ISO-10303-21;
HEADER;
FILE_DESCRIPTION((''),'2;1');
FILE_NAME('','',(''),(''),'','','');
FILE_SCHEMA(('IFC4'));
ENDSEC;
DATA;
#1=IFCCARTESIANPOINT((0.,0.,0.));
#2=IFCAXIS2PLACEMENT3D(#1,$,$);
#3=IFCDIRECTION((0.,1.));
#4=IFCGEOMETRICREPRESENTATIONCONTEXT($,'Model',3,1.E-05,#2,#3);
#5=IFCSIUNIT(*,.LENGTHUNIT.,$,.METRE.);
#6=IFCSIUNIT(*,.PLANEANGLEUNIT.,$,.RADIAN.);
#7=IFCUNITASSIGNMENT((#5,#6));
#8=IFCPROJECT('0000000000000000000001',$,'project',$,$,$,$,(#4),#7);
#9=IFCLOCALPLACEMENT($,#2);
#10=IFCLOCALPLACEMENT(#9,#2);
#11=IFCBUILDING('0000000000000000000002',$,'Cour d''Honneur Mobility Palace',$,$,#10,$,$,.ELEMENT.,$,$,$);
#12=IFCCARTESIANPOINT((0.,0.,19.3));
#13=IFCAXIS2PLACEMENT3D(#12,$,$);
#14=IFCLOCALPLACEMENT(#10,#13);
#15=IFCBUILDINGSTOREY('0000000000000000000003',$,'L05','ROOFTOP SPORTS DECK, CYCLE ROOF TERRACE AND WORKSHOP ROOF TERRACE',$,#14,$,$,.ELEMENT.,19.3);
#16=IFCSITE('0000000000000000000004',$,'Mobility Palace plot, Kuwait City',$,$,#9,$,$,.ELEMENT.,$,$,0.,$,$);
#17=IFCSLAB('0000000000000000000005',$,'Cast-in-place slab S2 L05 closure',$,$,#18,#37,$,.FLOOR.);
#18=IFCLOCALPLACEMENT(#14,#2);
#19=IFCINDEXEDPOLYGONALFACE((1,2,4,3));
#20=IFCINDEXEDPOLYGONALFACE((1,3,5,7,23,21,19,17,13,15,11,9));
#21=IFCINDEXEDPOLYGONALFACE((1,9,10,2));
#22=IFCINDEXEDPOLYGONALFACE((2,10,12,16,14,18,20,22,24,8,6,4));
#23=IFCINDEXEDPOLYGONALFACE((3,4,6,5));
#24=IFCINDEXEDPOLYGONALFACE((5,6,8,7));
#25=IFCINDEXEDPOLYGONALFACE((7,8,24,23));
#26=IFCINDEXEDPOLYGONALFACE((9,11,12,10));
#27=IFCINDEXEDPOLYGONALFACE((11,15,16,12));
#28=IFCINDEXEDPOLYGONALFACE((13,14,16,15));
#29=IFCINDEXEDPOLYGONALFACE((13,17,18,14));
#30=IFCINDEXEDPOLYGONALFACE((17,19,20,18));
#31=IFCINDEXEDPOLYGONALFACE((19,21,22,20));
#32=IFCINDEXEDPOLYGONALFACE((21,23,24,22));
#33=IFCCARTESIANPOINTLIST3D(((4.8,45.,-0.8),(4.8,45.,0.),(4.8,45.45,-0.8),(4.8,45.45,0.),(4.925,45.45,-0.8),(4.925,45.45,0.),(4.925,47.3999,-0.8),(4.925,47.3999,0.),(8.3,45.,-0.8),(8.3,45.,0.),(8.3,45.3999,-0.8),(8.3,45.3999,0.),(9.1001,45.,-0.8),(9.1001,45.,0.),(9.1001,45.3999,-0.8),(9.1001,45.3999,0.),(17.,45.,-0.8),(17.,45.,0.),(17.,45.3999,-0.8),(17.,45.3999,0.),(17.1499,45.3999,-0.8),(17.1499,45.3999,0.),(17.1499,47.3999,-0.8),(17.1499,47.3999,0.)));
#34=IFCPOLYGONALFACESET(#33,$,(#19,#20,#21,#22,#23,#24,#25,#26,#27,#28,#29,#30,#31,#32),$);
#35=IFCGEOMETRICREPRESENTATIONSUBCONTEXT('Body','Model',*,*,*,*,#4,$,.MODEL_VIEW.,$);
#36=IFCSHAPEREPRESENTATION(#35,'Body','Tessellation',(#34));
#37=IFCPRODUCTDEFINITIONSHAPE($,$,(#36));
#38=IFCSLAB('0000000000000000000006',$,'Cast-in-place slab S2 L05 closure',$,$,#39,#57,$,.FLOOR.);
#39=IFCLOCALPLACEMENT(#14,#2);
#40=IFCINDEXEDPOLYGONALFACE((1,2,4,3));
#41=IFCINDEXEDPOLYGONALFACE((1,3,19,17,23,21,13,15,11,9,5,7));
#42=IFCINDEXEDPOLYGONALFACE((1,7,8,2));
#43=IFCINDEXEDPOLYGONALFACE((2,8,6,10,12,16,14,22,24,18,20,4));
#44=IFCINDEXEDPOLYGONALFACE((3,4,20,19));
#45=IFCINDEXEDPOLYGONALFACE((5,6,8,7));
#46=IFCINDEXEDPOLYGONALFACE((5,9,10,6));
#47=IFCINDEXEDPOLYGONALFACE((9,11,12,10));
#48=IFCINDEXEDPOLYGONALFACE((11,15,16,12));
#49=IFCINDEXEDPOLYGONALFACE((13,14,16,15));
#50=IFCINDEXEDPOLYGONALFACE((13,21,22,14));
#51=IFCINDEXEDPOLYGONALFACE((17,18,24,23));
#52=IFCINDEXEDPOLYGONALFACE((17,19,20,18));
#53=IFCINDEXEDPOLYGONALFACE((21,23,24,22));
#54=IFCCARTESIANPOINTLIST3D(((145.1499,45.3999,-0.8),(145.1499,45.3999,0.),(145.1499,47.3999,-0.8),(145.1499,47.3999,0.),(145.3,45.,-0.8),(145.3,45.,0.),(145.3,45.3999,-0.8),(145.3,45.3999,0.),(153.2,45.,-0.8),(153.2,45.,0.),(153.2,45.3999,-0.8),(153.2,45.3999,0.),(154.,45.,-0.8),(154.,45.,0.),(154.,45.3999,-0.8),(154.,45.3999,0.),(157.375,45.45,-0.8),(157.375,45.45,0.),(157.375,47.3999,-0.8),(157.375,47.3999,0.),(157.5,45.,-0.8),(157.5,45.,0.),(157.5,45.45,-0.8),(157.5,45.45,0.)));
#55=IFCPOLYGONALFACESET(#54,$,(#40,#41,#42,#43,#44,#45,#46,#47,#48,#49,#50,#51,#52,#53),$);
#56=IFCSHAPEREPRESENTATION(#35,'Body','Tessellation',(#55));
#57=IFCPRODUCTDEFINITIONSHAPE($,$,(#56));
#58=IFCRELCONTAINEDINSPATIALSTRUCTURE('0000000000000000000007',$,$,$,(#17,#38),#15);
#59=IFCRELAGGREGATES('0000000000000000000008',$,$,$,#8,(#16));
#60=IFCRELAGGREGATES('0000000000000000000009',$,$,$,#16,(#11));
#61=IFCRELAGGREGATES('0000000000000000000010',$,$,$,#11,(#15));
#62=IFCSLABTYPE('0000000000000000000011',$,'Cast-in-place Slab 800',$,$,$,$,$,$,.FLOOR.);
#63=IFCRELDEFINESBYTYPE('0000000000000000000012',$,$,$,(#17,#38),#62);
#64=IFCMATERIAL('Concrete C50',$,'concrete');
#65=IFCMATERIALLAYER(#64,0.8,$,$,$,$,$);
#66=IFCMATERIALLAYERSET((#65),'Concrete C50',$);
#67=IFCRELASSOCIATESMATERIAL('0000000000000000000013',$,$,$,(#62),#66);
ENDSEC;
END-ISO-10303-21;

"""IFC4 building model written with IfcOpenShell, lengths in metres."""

from ifc_helpers import new_model, si_unit, direction, frame, origin, place, context, subcontext, project, spatial, polyline, outline, extrude, material, layer, layer_set, type_object, element, save


model = new_model("IFC4")

# Units and contexts
model_context = context("Model", 3, precision=1e-05, world=origin(), true_north=direction((0.0, 1.0)))
body_context = subcontext(model_context, "Body", "Model", "MODEL_VIEW")
ifc_project = project(units=[si_unit("LENGTHUNIT", "METRE"), si_unit("PLANEANGLEUNIT", "RADIAN")], contexts=[model_context])

# Site, building, storey
site_placement = place(None, origin())
site = spatial("IfcSite", under=ifc_project, at=site_placement, Name="Mobility Palace plot, Kuwait City", CompositionType="ELEMENT", RefElevation=0.0)
building_placement = place(site_placement, origin())
building = spatial("IfcBuilding", under=site, at=building_placement, Name="Cour d'Honneur Mobility Palace", CompositionType="ELEMENT")
storey_placement = place(building_placement, frame((0.0, 0.0, 19.3)))
storey = spatial("IfcBuildingStorey", under=building, at=storey_placement, Name="L05", Description="ROOFTOP SPORTS DECK, CYCLE ROOF TERRACE AND WORKSHOP ROOF TERRACE", CompositionType="ELEMENT", Elevation=19.3)

# Slabs
ifc_material_1 = material(Name="Concrete C50", Category="concrete")
ifc_layer_1 = layer(ifc_material_1, 0.8)
ifc_layer_set_1 = layer_set([ifc_layer_1], Name="Concrete C50")
slab_type_1 = type_object("IfcSlabType", Name="Cast-in-place Slab 800", PredefinedType="FLOOR", material=ifc_layer_set_1)
slab_1_placement = place(storey_placement, frame((0.0, 0.0, -0.8)))
element("IfcSlab", 1, at=slab_1_placement, inside=storey, type_object=slab_type_1, Name="Cast-in-place slab S2 L05 closure", PredefinedType="FLOOR", context=body_context, shape_type="SweptSolid", body=[
    extrude(outline(polyline([(17.0, 45.3999), (17.0, 45.0), (9.1001, 45.0), (9.1001, 45.3999), (8.3, 45.3999), (8.3, 45.0), (4.8, 45.0), (4.8, 45.45), (4.925, 45.45), (4.925, 47.3999), (17.1499, 47.3999), (17.1499, 45.3999), (17.0, 45.3999)])), origin(), (0.0, 0.0, 1.0), 0.8),
])
slab_2_placement = place(storey_placement, frame((0.0, 0.0, -0.8)))
element("IfcSlab", 2, at=slab_2_placement, inside=storey, type_object=slab_type_1, Name="Cast-in-place slab S2 L05 closure", PredefinedType="FLOOR", context=body_context, shape_type="SweptSolid", body=[
    extrude(outline(polyline([(154.0, 45.3999), (153.2, 45.3999), (153.2, 45.0), (145.3, 45.0), (145.3, 45.3999), (145.1499, 45.3999), (145.1499, 47.3999), (157.375, 47.3999), (157.375, 45.45), (157.5, 45.45), (157.5, 45.0), (154.0, 45.0), (154.0, 45.3999)])), origin(), (0.0, 0.0, 1.0), 0.8),
])

save(model, "model.ifc")
